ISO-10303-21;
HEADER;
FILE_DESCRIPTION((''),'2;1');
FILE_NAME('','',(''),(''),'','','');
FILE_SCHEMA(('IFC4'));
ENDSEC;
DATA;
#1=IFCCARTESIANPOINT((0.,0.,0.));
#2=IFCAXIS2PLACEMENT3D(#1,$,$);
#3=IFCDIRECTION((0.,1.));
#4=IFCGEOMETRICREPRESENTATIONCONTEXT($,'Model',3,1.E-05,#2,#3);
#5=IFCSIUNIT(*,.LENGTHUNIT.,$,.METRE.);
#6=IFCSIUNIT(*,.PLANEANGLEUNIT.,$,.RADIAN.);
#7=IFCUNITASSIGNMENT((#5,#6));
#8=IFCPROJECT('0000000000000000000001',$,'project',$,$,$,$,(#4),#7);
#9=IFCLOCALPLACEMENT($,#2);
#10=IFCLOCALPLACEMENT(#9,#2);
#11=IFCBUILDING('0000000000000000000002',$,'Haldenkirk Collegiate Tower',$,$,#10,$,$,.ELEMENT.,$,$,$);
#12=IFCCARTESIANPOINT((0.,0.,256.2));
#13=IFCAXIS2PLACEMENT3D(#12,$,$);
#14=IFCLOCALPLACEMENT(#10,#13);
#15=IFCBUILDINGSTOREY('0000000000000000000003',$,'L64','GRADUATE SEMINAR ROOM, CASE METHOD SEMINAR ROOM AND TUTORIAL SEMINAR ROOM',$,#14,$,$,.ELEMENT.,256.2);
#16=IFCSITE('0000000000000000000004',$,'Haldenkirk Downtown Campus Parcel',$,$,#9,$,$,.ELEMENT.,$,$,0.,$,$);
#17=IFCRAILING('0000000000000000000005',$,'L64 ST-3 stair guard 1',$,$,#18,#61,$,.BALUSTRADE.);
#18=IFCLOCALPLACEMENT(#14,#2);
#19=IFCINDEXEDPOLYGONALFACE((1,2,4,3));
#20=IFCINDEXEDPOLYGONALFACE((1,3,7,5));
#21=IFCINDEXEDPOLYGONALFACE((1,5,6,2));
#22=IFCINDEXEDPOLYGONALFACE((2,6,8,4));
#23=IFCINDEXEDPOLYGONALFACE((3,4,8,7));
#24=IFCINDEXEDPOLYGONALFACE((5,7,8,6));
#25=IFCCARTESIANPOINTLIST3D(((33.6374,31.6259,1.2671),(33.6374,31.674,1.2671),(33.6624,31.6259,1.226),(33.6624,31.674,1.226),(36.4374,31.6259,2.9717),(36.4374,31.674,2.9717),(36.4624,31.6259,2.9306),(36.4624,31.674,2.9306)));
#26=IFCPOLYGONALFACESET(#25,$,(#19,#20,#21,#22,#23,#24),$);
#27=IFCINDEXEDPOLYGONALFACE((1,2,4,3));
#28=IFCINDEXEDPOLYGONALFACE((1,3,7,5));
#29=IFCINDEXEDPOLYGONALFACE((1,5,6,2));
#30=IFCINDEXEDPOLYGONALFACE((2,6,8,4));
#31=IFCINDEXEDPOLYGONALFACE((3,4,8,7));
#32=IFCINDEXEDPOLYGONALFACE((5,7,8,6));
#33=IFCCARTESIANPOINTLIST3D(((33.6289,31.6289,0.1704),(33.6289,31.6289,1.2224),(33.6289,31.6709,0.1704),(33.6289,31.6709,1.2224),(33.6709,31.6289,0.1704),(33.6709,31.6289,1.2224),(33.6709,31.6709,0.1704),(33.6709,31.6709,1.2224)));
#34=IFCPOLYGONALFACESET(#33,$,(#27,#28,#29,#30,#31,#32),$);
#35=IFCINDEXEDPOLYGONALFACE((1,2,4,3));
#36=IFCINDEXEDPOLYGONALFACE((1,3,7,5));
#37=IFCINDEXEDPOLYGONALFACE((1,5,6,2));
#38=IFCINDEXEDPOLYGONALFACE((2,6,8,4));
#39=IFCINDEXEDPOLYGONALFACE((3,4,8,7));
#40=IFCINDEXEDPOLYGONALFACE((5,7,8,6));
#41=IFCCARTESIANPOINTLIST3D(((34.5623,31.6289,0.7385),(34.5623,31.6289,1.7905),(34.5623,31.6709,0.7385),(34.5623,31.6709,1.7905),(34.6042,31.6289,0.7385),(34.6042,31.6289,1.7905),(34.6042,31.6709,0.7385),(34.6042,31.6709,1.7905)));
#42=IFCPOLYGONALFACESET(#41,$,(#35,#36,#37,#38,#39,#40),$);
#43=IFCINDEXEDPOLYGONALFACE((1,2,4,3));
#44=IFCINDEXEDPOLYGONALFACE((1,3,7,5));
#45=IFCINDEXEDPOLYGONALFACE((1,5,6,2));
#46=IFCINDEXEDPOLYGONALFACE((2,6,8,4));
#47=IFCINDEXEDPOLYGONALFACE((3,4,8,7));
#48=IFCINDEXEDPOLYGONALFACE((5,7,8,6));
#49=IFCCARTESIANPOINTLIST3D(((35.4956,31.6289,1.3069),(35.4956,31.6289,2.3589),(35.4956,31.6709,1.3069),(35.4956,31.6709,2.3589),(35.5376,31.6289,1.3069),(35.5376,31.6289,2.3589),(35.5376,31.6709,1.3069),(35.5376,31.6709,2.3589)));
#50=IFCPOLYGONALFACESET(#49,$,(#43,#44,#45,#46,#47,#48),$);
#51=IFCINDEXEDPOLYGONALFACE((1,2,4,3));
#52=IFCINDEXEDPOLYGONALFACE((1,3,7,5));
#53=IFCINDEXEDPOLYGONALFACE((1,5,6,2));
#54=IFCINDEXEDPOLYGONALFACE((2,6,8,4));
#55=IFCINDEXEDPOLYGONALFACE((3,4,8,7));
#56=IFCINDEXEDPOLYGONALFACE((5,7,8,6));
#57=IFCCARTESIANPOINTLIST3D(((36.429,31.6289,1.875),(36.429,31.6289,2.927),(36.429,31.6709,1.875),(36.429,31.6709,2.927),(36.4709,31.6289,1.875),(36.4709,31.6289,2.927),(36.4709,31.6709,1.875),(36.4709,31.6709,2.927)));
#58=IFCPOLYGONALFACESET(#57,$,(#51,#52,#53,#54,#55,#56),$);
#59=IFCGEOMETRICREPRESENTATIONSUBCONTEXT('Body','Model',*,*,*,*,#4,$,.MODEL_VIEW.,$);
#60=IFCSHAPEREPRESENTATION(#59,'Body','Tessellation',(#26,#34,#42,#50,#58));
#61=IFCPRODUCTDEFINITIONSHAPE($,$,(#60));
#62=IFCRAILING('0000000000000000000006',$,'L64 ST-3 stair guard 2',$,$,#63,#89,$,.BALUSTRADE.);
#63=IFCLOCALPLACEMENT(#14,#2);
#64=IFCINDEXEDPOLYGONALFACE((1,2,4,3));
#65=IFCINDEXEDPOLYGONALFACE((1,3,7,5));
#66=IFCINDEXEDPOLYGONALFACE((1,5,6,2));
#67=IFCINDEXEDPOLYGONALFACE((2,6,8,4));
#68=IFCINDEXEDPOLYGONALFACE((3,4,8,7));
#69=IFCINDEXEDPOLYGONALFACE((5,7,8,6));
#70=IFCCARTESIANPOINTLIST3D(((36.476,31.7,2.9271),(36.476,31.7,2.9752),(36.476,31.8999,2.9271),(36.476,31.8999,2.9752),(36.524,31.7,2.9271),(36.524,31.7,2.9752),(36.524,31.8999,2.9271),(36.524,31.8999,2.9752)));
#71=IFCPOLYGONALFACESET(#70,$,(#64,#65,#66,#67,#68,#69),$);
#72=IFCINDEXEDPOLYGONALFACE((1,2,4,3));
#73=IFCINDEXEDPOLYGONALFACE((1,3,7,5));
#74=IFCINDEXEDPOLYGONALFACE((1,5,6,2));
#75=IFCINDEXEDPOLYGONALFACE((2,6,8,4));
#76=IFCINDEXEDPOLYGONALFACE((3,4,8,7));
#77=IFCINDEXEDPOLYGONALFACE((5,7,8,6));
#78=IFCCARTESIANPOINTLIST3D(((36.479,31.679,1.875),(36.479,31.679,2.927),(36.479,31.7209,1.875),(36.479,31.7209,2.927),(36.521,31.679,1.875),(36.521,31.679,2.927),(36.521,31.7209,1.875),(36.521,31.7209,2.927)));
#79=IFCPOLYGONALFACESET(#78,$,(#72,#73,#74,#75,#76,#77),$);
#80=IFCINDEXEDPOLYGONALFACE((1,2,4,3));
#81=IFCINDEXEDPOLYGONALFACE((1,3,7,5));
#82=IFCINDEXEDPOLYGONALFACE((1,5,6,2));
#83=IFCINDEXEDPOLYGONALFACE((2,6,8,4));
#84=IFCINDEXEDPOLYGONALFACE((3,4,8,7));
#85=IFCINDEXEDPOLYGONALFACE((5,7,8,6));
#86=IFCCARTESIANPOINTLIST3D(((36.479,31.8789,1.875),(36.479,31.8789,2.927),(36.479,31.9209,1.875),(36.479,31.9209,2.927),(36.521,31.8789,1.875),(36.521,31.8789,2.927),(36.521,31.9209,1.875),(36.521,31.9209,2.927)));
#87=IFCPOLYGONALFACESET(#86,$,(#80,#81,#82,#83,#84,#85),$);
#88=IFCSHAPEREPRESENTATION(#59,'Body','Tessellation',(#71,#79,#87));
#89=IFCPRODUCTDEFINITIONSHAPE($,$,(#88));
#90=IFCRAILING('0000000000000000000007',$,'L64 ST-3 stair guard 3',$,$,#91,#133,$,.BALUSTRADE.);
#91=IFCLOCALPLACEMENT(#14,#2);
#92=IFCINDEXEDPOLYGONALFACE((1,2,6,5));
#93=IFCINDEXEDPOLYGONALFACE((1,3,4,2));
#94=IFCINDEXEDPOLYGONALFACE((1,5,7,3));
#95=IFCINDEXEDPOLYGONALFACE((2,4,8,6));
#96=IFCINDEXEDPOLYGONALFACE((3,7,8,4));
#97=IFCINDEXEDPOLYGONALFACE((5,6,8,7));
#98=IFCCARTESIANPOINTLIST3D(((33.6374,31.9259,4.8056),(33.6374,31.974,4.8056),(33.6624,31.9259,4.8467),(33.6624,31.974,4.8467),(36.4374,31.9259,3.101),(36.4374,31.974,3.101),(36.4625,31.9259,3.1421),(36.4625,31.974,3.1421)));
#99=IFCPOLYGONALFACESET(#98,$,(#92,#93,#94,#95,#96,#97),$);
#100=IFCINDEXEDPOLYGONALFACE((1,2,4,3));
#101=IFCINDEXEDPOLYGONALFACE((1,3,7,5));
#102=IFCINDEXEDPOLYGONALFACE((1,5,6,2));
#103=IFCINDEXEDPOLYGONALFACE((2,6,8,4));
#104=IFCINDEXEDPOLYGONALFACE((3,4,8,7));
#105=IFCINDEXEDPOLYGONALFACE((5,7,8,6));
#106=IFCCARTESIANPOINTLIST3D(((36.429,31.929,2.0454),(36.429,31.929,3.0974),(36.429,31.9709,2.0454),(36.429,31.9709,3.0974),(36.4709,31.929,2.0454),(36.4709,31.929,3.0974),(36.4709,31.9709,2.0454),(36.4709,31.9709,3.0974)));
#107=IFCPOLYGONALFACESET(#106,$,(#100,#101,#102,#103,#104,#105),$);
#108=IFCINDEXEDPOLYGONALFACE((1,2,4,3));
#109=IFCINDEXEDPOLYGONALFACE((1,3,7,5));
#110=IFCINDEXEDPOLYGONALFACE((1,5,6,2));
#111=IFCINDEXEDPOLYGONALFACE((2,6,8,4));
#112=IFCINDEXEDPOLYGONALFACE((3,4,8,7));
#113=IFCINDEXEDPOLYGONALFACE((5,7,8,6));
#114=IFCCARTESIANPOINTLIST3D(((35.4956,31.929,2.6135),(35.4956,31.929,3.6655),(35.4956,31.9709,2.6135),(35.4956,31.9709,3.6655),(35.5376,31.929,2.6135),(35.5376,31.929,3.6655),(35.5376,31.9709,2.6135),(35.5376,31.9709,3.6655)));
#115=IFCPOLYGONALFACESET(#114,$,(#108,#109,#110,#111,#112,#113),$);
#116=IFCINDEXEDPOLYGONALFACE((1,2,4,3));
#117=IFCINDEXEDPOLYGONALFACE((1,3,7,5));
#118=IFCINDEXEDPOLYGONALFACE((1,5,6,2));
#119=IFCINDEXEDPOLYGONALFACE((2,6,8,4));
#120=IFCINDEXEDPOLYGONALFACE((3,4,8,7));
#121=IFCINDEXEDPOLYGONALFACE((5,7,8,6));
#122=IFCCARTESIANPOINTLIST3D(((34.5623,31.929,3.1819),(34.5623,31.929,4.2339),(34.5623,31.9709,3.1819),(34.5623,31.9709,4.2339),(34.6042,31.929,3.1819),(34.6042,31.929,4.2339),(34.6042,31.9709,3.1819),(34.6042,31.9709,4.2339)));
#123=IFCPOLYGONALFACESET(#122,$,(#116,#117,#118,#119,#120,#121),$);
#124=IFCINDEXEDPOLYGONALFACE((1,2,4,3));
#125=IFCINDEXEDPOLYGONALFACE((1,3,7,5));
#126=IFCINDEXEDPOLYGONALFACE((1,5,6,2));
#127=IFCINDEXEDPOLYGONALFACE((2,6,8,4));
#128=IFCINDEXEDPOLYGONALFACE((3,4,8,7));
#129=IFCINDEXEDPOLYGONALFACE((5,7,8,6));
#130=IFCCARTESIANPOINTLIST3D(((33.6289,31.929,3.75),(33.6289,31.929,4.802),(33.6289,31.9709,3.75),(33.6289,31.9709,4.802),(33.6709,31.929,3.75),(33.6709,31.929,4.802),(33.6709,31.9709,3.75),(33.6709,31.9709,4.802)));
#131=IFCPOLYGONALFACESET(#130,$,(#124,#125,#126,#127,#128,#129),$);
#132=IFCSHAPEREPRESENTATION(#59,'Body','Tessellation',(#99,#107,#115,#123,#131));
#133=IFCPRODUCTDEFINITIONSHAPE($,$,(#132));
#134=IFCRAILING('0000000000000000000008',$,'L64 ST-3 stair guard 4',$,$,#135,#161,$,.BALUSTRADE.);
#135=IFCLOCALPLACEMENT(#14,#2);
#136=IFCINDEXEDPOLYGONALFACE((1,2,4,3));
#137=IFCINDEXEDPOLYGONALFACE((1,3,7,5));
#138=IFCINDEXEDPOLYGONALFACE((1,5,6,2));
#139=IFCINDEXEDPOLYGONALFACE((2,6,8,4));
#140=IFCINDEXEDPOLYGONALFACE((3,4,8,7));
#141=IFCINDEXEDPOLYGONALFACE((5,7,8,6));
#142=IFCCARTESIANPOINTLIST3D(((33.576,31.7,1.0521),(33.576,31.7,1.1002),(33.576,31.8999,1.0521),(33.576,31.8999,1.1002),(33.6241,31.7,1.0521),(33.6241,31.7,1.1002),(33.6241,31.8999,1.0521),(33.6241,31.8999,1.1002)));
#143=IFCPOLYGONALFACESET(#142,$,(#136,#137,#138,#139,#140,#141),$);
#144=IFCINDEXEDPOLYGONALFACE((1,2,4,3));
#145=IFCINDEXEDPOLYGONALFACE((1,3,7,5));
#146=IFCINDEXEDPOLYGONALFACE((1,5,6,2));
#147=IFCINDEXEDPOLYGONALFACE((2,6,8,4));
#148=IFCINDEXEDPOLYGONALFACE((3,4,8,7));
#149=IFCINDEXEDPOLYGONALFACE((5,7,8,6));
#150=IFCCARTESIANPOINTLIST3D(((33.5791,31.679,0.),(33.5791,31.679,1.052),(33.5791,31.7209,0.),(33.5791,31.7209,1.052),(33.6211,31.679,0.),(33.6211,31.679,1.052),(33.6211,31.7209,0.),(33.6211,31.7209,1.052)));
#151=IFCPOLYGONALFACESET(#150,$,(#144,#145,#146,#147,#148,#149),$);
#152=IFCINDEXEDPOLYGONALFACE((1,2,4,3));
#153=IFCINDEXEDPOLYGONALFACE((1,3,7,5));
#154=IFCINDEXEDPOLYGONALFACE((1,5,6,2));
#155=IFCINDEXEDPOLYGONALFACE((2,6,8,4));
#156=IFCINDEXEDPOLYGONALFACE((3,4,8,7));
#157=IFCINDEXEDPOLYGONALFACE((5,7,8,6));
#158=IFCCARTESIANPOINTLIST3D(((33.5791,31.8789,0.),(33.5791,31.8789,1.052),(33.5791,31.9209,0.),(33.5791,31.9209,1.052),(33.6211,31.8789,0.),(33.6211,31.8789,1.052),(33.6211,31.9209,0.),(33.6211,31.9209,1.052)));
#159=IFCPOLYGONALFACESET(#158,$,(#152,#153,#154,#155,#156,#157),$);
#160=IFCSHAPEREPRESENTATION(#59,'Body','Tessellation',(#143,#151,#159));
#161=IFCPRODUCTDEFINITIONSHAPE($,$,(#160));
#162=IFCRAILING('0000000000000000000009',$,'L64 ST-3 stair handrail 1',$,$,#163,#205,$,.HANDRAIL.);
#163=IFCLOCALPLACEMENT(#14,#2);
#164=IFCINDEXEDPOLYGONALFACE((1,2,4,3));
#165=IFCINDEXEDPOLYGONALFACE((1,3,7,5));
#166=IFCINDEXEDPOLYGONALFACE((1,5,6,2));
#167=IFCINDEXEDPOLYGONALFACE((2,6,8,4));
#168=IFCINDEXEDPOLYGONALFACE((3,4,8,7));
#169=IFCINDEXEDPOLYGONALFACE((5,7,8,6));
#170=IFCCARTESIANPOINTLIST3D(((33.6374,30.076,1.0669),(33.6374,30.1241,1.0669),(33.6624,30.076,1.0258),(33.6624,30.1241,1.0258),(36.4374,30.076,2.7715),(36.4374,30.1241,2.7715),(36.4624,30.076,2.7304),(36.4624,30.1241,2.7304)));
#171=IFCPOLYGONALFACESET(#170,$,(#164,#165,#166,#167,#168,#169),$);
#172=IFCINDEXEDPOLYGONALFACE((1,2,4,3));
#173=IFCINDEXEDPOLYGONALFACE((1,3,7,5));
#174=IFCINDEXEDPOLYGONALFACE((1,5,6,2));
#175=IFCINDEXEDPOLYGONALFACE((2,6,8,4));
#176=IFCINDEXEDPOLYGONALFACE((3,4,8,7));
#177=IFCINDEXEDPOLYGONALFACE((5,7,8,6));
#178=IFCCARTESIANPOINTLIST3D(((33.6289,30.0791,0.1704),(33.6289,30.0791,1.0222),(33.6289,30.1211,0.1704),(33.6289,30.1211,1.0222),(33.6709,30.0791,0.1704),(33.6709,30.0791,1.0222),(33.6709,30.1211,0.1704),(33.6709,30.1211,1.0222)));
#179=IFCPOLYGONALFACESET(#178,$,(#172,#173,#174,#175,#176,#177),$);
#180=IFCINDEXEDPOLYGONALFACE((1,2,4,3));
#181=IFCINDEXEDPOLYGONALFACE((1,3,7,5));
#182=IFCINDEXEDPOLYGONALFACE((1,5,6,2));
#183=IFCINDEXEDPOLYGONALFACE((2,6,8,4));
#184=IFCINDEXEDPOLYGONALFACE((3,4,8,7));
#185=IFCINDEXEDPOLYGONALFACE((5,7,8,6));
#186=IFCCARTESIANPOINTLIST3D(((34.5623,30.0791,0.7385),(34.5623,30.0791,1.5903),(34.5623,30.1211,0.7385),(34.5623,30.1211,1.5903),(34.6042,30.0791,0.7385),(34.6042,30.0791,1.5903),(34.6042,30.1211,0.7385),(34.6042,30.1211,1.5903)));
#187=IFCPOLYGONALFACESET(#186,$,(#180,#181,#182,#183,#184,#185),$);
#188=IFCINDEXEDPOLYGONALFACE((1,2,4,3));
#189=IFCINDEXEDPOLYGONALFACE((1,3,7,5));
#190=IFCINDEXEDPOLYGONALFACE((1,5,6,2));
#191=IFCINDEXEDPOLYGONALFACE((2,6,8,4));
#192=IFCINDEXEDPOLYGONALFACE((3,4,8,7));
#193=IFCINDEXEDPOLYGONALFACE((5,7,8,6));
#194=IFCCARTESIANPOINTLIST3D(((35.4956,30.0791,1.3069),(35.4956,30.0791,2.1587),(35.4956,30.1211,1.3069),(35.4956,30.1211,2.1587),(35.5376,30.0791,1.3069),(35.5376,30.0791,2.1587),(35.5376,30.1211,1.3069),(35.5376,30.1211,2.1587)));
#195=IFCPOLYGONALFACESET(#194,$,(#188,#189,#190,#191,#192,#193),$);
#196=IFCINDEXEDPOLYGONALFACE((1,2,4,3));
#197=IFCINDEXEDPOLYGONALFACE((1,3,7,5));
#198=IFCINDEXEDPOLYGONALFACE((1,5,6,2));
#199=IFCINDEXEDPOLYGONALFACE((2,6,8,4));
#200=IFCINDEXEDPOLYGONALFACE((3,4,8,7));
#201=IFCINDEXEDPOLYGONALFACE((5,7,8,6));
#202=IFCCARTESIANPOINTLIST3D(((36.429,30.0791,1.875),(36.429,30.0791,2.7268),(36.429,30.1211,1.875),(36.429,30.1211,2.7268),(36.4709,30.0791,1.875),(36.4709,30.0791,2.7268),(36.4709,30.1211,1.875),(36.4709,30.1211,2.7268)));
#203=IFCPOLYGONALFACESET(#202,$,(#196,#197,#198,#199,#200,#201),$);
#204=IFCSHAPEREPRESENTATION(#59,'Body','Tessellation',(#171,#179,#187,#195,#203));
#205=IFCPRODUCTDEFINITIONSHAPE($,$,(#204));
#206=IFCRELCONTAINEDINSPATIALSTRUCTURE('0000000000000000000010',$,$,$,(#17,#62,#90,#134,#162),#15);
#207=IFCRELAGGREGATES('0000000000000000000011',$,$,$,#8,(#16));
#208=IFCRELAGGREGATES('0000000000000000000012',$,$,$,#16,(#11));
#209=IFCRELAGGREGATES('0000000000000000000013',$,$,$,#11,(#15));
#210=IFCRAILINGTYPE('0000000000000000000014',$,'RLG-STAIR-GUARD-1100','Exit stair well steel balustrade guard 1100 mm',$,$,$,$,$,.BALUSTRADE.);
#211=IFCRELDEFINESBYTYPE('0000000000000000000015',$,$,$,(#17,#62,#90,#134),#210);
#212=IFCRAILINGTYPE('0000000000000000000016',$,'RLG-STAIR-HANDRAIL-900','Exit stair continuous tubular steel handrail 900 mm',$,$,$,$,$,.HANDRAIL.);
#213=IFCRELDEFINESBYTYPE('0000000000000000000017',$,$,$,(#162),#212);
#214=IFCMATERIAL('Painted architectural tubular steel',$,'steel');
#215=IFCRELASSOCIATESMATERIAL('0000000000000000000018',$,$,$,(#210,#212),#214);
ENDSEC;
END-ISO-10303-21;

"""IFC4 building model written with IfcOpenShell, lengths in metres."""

from ifc_helpers import new_model, si_unit, direction, frame, origin, origin_2d, place, context, subcontext, project, spatial, rectangle, extrude, material, type_object, element, save


model = new_model("IFC4")

# Units and contexts
model_context = context("Model", 3, precision=1e-05, world=origin(), true_north=direction((0.0, 1.0)))
body_context = subcontext(model_context, "Body", "Model", "MODEL_VIEW")
ifc_project = project(units=[si_unit("LENGTHUNIT", "METRE"), si_unit("PLANEANGLEUNIT", "RADIAN")], contexts=[model_context])

# Site, building, storey
site_placement = place(None, origin())
site = spatial("IfcSite", under=ifc_project, at=site_placement, Name="Haldenkirk Downtown Campus Parcel", CompositionType="ELEMENT", RefElevation=0.0)
building_placement = place(site_placement, origin())
building = spatial("IfcBuilding", under=site, at=building_placement, Name="Haldenkirk Collegiate Tower", CompositionType="ELEMENT")
storey_placement = place(building_placement, frame((0.0, 0.0, 256.2)))
storey = spatial("IfcBuildingStorey", under=building, at=storey_placement, Name="L64", Description="GRADUATE SEMINAR ROOM, CASE METHOD SEMINAR ROOM AND TUTORIAL SEMINAR ROOM", CompositionType="ELEMENT", Elevation=256.2)

# Railings
ifc_material_1 = material(Name="Painted architectural tubular steel", Category="steel")
railing_type_1 = type_object("IfcRailingType", Name="RLG-STAIR-GUARD-1100", Description="Exit stair well steel balustrade guard 1100 mm", PredefinedType="BALUSTRADE", material=ifc_material_1)
railing_1_placement = place(storey_placement, frame((33.6499, 31.6499, 0.1704)))
element("IfcRailing", 1, at=railing_1_placement, inside=storey, type_object=railing_type_1, Name="L64 ST-3 stair guard 1", PredefinedType="BALUSTRADE", context=body_context, shape_type="SweptSolid", body=[
    extrude(rectangle(XDim=0.0481, YDim=0.0481, at=origin_2d()), frame((0.0, 0.0, 1.0762), z_axis=(0.85417, 0.0, 0.519994), x_axis=(0.0, 1.0, 0.0)), (0.0, 0.0, 1.0), 3.2781),
    extrude(rectangle(XDim=0.042, YDim=0.042, at=origin_2d()), origin(), (0.0, 0.0, 1.0), 1.052),
    extrude(rectangle(XDim=0.042, YDim=0.042, at=origin_2d()), frame((0.9333, 0.0, 0.5681)), (0.0, 0.0, 1.0), 1.052),
    extrude(rectangle(XDim=0.042, YDim=0.042, at=origin_2d()), frame((1.8667, 0.0, 1.1365)), (0.0, 0.0, 1.0), 1.052),
    extrude(rectangle(XDim=0.042, YDim=0.042, at=origin_2d()), frame((2.8, 0.0, 1.7046)), (0.0, 0.0, 1.0), 1.052),
])
railing_2_placement = place(storey_placement, frame((36.5, 31.7, 1.875)))
element("IfcRailing", 2, at=railing_2_placement, inside=storey, type_object=railing_type_1, Name="L64 ST-3 stair guard 2", PredefinedType="BALUSTRADE", context=body_context, shape_type="SweptSolid", body=[
    extrude(rectangle(XDim=0.0481, YDim=0.0481, at=origin_2d()), frame((0.0, 0.0, 1.0762), z_axis=(0.0, 1.0, 0.0), x_axis=(-1.0, 0.0, 0.0)), (0.0, 0.0, 1.0), 0.2),
    extrude(rectangle(XDim=0.042, YDim=0.042, at=origin_2d()), origin(), (0.0, 0.0, 1.0), 1.052),
    extrude(rectangle(XDim=0.042, YDim=0.042, at=origin_2d()), frame((0.0, 0.2, 0.0)), (0.0, 0.0, 1.0), 1.052),
])
railing_3_placement = place(storey_placement, frame((36.45, 31.95, 2.0454)))
element("IfcRailing", 3, at=railing_3_placement, inside=storey, type_object=railing_type_1, Name="L64 ST-3 stair guard 3", PredefinedType="BALUSTRADE", context=body_context, shape_type="SweptSolid", body=[
    extrude(rectangle(XDim=0.0481, YDim=0.0481, at=origin_2d()), frame((0.0, 0.0, 1.0762), z_axis=(-0.85417, 0.0, 0.519994), x_axis=(0.0, -1.0, 0.0)), (0.0, 0.0, 1.0), 3.2781),
    extrude(rectangle(XDim=0.042, YDim=0.042, at=origin_2d()), origin(), (0.0, 0.0, 1.0), 1.052),
    extrude(rectangle(XDim=0.042, YDim=0.042, at=origin_2d()), frame((-0.9333, 0.0, 0.5681)), (0.0, 0.0, 1.0), 1.052),
    extrude(rectangle(XDim=0.042, YDim=0.042, at=origin_2d()), frame((-1.8667, 0.0, 1.1365)), (0.0, 0.0, 1.0), 1.052),
    extrude(rectangle(XDim=0.042, YDim=0.042, at=origin_2d()), frame((-2.8, 0.0, 1.7046)), (0.0, 0.0, 1.0), 1.052),
])
railing_4_placement = place(storey_placement, frame((33.6001, 31.7, 0.0)))
element("IfcRailing", 4, at=railing_4_placement, inside=storey, type_object=railing_type_1, Name="L64 ST-3 stair guard 4", PredefinedType="BALUSTRADE", context=body_context, shape_type="SweptSolid", body=[
    extrude(rectangle(XDim=0.0481, YDim=0.0481, at=origin_2d()), frame((0.0, 0.0, 1.0762), z_axis=(0.0, 1.0, 0.0), x_axis=(-1.0, 0.0, 0.0)), (0.0, 0.0, 1.0), 0.2),
    extrude(rectangle(XDim=0.042, YDim=0.042, at=origin_2d()), origin(), (0.0, 0.0, 1.0), 1.052),
    extrude(rectangle(XDim=0.042, YDim=0.042, at=origin_2d()), frame((0.0, 0.2, 0.0)), (0.0, 0.0, 1.0), 1.052),
])
railing_type_2 = type_object("IfcRailingType", Name="RLG-STAIR-HANDRAIL-900", Description="Exit stair continuous tubular steel handrail 900 mm", PredefinedType="HANDRAIL", material=ifc_material_1)
railing_5_placement = place(storey_placement, frame((33.6499, 30.1001, 0.1704)))
element("IfcRailing", 5, at=railing_5_placement, inside=storey, type_object=railing_type_2, Name="L64 ST-3 stair handrail 1", PredefinedType="HANDRAIL", context=body_context, shape_type="SweptSolid", body=[
    extrude(rectangle(XDim=0.0481, YDim=0.0481, at=origin_2d()), frame((0.0, 0.0, 0.876), z_axis=(0.85417, 0.0, 0.519994), x_axis=(0.0, 1.0, 0.0)), (0.0, 0.0, 1.0), 3.2781),
    extrude(rectangle(XDim=0.042, YDim=0.042, at=origin_2d()), origin(), (0.0, 0.0, 1.0), 0.8518),
    extrude(rectangle(XDim=0.042, YDim=0.042, at=origin_2d()), frame((0.9333, 0.0, 0.5681)), (0.0, 0.0, 1.0), 0.8518),
    extrude(rectangle(XDim=0.042, YDim=0.042, at=origin_2d()), frame((1.8667, 0.0, 1.1365)), (0.0, 0.0, 1.0), 0.8518),
    extrude(rectangle(XDim=0.042, YDim=0.042, at=origin_2d()), frame((2.8, 0.0, 1.7046)), (0.0, 0.0, 1.0), 0.8518),
])

save(model, "model.ifc")
